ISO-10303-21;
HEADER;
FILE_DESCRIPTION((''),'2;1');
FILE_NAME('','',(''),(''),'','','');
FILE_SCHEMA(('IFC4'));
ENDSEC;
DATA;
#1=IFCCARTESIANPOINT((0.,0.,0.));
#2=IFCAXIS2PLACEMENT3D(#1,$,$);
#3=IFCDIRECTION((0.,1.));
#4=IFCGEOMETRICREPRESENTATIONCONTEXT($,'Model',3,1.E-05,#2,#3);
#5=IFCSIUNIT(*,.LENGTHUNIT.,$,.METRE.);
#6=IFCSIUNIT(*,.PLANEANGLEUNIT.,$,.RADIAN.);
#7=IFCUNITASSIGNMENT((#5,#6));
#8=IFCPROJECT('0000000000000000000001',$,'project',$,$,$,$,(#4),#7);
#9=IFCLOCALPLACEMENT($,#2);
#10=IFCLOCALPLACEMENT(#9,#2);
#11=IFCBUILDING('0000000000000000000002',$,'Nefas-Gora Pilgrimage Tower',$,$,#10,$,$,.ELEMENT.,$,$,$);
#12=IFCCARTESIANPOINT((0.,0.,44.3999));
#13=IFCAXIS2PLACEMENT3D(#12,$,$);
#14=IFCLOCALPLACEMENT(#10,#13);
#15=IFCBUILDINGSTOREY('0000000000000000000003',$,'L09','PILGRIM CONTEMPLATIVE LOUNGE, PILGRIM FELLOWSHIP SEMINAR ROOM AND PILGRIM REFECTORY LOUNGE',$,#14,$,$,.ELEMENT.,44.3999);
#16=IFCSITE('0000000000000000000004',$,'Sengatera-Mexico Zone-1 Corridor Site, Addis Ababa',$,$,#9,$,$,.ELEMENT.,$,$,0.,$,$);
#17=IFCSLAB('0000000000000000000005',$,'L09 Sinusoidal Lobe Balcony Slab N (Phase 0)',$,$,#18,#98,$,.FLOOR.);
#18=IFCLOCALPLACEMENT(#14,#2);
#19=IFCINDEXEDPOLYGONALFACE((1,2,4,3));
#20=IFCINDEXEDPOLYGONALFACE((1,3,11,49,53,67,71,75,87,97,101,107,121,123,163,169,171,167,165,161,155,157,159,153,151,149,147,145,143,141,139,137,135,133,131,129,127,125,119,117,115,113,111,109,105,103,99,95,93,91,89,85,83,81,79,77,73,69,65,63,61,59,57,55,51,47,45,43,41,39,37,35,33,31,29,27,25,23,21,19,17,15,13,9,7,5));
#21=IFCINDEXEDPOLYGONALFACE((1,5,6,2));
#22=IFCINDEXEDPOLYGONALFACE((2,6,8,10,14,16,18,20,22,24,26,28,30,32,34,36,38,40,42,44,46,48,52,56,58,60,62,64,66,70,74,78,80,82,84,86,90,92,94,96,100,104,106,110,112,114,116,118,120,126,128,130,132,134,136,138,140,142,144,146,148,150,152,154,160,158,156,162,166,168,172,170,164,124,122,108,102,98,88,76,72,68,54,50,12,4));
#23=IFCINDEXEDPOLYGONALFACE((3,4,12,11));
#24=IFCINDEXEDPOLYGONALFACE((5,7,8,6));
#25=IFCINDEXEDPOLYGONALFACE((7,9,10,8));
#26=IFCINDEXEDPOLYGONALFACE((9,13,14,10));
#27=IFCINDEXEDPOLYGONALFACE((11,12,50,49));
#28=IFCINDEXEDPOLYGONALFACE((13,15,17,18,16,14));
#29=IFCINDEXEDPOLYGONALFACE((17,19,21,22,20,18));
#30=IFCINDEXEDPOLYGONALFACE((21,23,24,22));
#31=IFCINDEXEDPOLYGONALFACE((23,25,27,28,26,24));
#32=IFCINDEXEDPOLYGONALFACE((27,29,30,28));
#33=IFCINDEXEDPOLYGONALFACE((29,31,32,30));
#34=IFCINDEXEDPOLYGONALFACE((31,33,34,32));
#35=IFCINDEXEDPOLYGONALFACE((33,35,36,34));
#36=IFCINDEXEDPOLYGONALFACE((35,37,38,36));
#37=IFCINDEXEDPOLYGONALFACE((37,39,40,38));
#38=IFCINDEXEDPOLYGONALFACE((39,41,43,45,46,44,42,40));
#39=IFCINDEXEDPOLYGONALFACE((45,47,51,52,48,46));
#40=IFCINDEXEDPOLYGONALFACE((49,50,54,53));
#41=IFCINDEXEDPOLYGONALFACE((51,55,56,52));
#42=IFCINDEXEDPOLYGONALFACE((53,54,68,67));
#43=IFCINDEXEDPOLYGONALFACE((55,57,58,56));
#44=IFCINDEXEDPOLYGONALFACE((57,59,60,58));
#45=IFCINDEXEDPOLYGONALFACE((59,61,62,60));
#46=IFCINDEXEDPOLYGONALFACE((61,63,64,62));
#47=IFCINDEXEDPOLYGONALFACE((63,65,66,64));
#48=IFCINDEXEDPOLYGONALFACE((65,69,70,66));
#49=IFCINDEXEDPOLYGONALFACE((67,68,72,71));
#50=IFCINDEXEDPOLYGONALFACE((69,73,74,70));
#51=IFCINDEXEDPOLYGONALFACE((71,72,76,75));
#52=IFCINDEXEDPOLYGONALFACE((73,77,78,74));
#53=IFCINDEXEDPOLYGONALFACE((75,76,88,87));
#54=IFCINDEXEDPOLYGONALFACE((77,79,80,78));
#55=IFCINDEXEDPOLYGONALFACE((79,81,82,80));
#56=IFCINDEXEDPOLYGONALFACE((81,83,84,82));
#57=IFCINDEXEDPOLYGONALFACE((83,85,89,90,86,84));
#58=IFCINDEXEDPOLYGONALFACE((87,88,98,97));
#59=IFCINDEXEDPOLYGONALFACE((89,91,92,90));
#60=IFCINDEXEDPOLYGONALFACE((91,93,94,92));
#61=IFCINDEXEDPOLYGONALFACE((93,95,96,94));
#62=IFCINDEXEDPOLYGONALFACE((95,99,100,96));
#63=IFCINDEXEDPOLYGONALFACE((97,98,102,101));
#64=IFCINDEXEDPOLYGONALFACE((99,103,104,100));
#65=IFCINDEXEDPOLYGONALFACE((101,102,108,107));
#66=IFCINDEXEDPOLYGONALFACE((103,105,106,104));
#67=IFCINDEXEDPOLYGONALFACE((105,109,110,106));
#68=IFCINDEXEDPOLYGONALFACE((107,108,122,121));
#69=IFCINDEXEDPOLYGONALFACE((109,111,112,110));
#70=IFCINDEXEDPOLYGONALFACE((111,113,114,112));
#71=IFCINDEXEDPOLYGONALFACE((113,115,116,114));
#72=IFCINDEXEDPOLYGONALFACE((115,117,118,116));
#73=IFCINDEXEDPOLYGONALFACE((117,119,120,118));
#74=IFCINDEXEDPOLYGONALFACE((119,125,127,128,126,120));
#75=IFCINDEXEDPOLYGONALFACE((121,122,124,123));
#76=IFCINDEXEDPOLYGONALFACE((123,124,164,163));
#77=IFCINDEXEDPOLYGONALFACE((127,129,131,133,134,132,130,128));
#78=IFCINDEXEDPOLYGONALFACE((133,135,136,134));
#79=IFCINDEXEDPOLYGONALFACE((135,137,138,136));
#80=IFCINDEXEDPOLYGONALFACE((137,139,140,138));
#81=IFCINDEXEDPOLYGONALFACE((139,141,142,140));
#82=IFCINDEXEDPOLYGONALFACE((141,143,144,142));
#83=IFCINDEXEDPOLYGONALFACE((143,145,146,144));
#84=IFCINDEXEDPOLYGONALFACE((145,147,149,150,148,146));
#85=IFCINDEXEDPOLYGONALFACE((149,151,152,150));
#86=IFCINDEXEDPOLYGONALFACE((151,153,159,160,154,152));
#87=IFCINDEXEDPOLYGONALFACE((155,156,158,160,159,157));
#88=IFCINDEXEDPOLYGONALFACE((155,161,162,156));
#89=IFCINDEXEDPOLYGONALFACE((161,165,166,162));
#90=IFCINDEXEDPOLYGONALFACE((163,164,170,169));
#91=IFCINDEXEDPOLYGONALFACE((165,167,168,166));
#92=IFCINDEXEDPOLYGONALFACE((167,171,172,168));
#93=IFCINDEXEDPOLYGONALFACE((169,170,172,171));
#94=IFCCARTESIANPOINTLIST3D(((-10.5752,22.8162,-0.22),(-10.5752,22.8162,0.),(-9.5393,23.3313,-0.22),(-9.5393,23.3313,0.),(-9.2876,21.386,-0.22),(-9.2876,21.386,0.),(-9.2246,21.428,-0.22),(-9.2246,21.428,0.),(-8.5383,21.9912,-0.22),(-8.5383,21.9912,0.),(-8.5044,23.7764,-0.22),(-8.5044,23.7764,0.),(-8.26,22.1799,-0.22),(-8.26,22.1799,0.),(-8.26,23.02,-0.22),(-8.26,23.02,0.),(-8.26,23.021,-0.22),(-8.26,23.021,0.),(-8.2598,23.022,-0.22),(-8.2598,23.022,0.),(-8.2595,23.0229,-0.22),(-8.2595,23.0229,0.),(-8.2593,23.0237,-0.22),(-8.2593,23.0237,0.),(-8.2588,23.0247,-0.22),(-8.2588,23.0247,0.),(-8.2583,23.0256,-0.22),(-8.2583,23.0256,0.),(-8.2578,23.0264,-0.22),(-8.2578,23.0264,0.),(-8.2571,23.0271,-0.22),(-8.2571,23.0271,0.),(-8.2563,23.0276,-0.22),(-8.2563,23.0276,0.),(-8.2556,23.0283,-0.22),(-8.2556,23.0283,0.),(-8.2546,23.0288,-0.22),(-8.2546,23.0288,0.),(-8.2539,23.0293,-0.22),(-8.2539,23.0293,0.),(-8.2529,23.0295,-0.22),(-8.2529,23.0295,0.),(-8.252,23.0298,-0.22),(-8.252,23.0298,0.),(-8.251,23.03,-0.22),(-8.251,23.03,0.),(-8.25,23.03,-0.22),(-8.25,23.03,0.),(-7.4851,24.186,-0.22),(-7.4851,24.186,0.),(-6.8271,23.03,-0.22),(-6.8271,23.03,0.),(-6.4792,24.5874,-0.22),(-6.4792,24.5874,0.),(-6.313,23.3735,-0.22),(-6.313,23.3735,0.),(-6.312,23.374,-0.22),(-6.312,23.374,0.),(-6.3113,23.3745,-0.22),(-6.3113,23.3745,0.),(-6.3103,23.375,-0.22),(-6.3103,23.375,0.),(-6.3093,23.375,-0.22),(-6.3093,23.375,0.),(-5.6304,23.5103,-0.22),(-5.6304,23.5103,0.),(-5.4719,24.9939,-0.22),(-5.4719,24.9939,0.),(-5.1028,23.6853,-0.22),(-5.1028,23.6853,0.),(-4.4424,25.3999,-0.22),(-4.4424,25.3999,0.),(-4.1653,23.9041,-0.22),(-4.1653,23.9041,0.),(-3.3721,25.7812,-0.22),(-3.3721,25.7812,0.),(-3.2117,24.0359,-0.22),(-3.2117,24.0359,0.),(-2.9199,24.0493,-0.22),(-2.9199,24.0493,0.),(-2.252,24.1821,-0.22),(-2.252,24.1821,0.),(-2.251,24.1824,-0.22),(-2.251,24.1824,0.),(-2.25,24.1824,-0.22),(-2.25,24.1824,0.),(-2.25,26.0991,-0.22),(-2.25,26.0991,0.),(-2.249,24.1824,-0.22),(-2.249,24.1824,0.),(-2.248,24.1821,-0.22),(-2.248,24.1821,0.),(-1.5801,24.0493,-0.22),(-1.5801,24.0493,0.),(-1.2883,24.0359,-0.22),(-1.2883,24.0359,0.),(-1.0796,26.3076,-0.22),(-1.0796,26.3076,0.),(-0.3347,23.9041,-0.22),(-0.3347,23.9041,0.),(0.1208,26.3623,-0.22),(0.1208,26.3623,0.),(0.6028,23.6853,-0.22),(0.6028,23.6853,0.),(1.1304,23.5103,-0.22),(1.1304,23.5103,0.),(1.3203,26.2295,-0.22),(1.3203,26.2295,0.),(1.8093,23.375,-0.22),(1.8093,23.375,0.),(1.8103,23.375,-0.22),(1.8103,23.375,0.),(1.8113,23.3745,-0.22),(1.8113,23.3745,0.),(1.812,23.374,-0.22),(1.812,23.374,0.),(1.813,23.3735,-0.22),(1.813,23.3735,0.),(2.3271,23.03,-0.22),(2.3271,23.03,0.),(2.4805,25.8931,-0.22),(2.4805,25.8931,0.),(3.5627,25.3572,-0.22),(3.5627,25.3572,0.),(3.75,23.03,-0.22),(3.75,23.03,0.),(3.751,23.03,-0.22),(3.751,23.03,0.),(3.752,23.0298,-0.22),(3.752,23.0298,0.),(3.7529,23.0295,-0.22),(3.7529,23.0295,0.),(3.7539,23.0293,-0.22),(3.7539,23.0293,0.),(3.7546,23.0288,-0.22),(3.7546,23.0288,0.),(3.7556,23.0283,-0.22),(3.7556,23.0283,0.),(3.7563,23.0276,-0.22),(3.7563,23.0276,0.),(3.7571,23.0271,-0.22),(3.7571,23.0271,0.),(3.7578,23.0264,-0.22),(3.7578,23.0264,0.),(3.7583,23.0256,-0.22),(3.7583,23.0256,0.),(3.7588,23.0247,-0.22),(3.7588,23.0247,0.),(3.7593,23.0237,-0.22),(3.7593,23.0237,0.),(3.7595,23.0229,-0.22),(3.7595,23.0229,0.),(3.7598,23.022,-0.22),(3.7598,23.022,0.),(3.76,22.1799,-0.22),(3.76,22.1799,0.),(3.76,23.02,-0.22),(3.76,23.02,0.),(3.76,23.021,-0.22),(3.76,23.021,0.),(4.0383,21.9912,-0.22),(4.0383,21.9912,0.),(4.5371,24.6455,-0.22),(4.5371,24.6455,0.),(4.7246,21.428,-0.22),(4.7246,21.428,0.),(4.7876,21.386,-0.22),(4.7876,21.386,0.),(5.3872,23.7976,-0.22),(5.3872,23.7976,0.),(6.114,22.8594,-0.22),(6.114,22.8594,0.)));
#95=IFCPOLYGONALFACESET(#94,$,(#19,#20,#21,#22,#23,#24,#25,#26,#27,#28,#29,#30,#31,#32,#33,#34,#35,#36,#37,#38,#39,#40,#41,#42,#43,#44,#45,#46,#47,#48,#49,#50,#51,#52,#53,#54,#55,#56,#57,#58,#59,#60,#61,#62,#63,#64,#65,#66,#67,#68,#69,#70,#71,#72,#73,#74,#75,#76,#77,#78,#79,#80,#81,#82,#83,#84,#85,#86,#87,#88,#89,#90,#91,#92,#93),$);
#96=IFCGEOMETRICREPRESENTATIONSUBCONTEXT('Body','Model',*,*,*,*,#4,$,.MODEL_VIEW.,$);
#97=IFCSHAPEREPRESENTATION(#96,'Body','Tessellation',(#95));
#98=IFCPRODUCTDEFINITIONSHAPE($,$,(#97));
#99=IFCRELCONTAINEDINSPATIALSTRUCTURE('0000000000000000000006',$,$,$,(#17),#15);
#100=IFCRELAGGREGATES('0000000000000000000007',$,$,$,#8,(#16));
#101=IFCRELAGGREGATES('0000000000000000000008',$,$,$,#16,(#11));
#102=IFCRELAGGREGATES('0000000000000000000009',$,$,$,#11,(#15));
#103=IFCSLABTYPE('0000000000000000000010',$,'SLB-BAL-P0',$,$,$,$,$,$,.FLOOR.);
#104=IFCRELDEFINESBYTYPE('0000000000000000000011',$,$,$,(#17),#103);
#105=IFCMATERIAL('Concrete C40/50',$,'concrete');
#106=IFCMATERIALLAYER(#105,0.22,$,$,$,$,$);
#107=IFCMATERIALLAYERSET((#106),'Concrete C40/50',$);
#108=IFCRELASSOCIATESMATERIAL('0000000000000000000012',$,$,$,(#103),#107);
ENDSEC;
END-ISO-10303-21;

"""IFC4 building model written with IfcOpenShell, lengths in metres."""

from ifc_helpers import new_model, si_unit, direction, frame, origin, place, context, subcontext, project, spatial, polyline, outline, extrude, material, layer, layer_set, type_object, element, save


model = new_model("IFC4")

# Units and contexts
model_context = context("Model", 3, precision=1e-05, world=origin(), true_north=direction((0.0, 1.0)))
body_context = subcontext(model_context, "Body", "Model", "MODEL_VIEW")
ifc_project = project(units=[si_unit("LENGTHUNIT", "METRE"), si_unit("PLANEANGLEUNIT", "RADIAN")], contexts=[model_context])

# Site, building, storey
site_placement = place(None, origin())
site = spatial("IfcSite", under=ifc_project, at=site_placement, Name="Sengatera-Mexico Zone-1 Corridor Site, Addis Ababa", CompositionType="ELEMENT", RefElevation=0.0)
building_placement = place(site_placement, origin())
building = spatial("IfcBuilding", under=site, at=building_placement, Name="Nefas-Gora Pilgrimage Tower", CompositionType="ELEMENT")
storey_placement = place(building_placement, frame((0.0, 0.0, 44.3999)))
storey = spatial("IfcBuildingStorey", under=building, at=storey_placement, Name="L09", Description="PILGRIM CONTEMPLATIVE LOUNGE, PILGRIM FELLOWSHIP SEMINAR ROOM AND PILGRIM REFECTORY LOUNGE", CompositionType="ELEMENT", Elevation=44.3999)

# Slab
ifc_material_1 = material(Name="Concrete C40/50", Category="concrete")
ifc_layer_1 = layer(ifc_material_1, 0.22)
ifc_layer_set_1 = layer_set([ifc_layer_1], Name="Concrete C40/50")
slab_type_1 = type_object("IfcSlabType", Name="SLB-BAL-P0", PredefinedType="FLOOR", material=ifc_layer_set_1)
slab_1_placement = place(storey_placement, frame((0.0, 0.0, -0.22)))
element("IfcSlab", 1, at=slab_1_placement, inside=storey, type_object=slab_type_1, Name="L09 Sinusoidal Lobe Balcony Slab N (Phase 0)", PredefinedType="FLOOR", context=body_context, shape_type="SweptSolid", body=[
    extrude(outline(polyline([(-9.2876, 21.386), (-9.2246, 21.428), (-8.5383, 21.9912), (-8.26, 22.1799), (-8.26, 23.02), (-8.26, 23.021), (-8.2598, 23.022), (-8.2595, 23.0229), (-8.2593, 23.0237), (-8.2588, 23.0247), (-8.2583, 23.0256), (-8.2578, 23.0264), (-8.2571, 23.0271), (-8.2563, 23.0276), (-8.2556, 23.0283), (-8.2546, 23.0288), (-8.2539, 23.0293), (-8.2529, 23.0295), (-8.252, 23.0298), (-8.251, 23.03), (-8.25, 23.03), (-6.8271, 23.03), (-6.313, 23.3735), (-6.312, 23.374), (-6.3113, 23.3745), (-6.3103, 23.375), (-6.3093, 23.375), (-5.6304, 23.5103), (-5.1028, 23.6853), (-4.1653, 23.9041), (-3.2117, 24.0359), (-2.9199, 24.0493), (-2.252, 24.1821), (-2.251, 24.1824), (-2.25, 24.1824), (-2.249, 24.1824), (-2.248, 24.1821), (-1.5801, 24.0493), (-1.2883, 24.0359), (-0.3347, 23.9041), (0.6028, 23.6853), (1.1304, 23.5103), (1.8093, 23.375), (1.8103, 23.375), (1.8113, 23.3745), (1.812, 23.374), (1.813, 23.3735), (2.3271, 23.03), (3.75, 23.03), (3.751, 23.03), (3.752, 23.0298), (3.7529, 23.0295), (3.7539, 23.0293), (3.7546, 23.0288), (3.7556, 23.0283), (3.7563, 23.0276), (3.7571, 23.0271), (3.7578, 23.0264), (3.7583, 23.0256), (3.7588, 23.0247), (3.7593, 23.0237), (3.7595, 23.0229), (3.7598, 23.022), (3.76, 23.021), (3.76, 23.02), (3.76, 22.1799), (4.0383, 21.9912), (4.7246, 21.428), (4.7876, 21.386), (6.114, 22.8594), (5.3872, 23.7976), (4.5371, 24.6455), (3.5627, 25.3572), (2.4805, 25.8931), (1.3203, 26.2295), (0.1208, 26.3623), (-1.0796, 26.3076), (-2.25, 26.0991), (-3.3721, 25.7812), (-4.4424, 25.3999), (-5.4719, 24.9939), (-6.4792, 24.5874), (-7.4851, 24.186), (-8.5044, 23.7764), (-9.5393, 23.3313), (-10.5752, 22.8162), (-9.2876, 21.386)])), origin(), (0.0, 0.0, 1.0), 0.22),
])

save(model, "model.ifc")
